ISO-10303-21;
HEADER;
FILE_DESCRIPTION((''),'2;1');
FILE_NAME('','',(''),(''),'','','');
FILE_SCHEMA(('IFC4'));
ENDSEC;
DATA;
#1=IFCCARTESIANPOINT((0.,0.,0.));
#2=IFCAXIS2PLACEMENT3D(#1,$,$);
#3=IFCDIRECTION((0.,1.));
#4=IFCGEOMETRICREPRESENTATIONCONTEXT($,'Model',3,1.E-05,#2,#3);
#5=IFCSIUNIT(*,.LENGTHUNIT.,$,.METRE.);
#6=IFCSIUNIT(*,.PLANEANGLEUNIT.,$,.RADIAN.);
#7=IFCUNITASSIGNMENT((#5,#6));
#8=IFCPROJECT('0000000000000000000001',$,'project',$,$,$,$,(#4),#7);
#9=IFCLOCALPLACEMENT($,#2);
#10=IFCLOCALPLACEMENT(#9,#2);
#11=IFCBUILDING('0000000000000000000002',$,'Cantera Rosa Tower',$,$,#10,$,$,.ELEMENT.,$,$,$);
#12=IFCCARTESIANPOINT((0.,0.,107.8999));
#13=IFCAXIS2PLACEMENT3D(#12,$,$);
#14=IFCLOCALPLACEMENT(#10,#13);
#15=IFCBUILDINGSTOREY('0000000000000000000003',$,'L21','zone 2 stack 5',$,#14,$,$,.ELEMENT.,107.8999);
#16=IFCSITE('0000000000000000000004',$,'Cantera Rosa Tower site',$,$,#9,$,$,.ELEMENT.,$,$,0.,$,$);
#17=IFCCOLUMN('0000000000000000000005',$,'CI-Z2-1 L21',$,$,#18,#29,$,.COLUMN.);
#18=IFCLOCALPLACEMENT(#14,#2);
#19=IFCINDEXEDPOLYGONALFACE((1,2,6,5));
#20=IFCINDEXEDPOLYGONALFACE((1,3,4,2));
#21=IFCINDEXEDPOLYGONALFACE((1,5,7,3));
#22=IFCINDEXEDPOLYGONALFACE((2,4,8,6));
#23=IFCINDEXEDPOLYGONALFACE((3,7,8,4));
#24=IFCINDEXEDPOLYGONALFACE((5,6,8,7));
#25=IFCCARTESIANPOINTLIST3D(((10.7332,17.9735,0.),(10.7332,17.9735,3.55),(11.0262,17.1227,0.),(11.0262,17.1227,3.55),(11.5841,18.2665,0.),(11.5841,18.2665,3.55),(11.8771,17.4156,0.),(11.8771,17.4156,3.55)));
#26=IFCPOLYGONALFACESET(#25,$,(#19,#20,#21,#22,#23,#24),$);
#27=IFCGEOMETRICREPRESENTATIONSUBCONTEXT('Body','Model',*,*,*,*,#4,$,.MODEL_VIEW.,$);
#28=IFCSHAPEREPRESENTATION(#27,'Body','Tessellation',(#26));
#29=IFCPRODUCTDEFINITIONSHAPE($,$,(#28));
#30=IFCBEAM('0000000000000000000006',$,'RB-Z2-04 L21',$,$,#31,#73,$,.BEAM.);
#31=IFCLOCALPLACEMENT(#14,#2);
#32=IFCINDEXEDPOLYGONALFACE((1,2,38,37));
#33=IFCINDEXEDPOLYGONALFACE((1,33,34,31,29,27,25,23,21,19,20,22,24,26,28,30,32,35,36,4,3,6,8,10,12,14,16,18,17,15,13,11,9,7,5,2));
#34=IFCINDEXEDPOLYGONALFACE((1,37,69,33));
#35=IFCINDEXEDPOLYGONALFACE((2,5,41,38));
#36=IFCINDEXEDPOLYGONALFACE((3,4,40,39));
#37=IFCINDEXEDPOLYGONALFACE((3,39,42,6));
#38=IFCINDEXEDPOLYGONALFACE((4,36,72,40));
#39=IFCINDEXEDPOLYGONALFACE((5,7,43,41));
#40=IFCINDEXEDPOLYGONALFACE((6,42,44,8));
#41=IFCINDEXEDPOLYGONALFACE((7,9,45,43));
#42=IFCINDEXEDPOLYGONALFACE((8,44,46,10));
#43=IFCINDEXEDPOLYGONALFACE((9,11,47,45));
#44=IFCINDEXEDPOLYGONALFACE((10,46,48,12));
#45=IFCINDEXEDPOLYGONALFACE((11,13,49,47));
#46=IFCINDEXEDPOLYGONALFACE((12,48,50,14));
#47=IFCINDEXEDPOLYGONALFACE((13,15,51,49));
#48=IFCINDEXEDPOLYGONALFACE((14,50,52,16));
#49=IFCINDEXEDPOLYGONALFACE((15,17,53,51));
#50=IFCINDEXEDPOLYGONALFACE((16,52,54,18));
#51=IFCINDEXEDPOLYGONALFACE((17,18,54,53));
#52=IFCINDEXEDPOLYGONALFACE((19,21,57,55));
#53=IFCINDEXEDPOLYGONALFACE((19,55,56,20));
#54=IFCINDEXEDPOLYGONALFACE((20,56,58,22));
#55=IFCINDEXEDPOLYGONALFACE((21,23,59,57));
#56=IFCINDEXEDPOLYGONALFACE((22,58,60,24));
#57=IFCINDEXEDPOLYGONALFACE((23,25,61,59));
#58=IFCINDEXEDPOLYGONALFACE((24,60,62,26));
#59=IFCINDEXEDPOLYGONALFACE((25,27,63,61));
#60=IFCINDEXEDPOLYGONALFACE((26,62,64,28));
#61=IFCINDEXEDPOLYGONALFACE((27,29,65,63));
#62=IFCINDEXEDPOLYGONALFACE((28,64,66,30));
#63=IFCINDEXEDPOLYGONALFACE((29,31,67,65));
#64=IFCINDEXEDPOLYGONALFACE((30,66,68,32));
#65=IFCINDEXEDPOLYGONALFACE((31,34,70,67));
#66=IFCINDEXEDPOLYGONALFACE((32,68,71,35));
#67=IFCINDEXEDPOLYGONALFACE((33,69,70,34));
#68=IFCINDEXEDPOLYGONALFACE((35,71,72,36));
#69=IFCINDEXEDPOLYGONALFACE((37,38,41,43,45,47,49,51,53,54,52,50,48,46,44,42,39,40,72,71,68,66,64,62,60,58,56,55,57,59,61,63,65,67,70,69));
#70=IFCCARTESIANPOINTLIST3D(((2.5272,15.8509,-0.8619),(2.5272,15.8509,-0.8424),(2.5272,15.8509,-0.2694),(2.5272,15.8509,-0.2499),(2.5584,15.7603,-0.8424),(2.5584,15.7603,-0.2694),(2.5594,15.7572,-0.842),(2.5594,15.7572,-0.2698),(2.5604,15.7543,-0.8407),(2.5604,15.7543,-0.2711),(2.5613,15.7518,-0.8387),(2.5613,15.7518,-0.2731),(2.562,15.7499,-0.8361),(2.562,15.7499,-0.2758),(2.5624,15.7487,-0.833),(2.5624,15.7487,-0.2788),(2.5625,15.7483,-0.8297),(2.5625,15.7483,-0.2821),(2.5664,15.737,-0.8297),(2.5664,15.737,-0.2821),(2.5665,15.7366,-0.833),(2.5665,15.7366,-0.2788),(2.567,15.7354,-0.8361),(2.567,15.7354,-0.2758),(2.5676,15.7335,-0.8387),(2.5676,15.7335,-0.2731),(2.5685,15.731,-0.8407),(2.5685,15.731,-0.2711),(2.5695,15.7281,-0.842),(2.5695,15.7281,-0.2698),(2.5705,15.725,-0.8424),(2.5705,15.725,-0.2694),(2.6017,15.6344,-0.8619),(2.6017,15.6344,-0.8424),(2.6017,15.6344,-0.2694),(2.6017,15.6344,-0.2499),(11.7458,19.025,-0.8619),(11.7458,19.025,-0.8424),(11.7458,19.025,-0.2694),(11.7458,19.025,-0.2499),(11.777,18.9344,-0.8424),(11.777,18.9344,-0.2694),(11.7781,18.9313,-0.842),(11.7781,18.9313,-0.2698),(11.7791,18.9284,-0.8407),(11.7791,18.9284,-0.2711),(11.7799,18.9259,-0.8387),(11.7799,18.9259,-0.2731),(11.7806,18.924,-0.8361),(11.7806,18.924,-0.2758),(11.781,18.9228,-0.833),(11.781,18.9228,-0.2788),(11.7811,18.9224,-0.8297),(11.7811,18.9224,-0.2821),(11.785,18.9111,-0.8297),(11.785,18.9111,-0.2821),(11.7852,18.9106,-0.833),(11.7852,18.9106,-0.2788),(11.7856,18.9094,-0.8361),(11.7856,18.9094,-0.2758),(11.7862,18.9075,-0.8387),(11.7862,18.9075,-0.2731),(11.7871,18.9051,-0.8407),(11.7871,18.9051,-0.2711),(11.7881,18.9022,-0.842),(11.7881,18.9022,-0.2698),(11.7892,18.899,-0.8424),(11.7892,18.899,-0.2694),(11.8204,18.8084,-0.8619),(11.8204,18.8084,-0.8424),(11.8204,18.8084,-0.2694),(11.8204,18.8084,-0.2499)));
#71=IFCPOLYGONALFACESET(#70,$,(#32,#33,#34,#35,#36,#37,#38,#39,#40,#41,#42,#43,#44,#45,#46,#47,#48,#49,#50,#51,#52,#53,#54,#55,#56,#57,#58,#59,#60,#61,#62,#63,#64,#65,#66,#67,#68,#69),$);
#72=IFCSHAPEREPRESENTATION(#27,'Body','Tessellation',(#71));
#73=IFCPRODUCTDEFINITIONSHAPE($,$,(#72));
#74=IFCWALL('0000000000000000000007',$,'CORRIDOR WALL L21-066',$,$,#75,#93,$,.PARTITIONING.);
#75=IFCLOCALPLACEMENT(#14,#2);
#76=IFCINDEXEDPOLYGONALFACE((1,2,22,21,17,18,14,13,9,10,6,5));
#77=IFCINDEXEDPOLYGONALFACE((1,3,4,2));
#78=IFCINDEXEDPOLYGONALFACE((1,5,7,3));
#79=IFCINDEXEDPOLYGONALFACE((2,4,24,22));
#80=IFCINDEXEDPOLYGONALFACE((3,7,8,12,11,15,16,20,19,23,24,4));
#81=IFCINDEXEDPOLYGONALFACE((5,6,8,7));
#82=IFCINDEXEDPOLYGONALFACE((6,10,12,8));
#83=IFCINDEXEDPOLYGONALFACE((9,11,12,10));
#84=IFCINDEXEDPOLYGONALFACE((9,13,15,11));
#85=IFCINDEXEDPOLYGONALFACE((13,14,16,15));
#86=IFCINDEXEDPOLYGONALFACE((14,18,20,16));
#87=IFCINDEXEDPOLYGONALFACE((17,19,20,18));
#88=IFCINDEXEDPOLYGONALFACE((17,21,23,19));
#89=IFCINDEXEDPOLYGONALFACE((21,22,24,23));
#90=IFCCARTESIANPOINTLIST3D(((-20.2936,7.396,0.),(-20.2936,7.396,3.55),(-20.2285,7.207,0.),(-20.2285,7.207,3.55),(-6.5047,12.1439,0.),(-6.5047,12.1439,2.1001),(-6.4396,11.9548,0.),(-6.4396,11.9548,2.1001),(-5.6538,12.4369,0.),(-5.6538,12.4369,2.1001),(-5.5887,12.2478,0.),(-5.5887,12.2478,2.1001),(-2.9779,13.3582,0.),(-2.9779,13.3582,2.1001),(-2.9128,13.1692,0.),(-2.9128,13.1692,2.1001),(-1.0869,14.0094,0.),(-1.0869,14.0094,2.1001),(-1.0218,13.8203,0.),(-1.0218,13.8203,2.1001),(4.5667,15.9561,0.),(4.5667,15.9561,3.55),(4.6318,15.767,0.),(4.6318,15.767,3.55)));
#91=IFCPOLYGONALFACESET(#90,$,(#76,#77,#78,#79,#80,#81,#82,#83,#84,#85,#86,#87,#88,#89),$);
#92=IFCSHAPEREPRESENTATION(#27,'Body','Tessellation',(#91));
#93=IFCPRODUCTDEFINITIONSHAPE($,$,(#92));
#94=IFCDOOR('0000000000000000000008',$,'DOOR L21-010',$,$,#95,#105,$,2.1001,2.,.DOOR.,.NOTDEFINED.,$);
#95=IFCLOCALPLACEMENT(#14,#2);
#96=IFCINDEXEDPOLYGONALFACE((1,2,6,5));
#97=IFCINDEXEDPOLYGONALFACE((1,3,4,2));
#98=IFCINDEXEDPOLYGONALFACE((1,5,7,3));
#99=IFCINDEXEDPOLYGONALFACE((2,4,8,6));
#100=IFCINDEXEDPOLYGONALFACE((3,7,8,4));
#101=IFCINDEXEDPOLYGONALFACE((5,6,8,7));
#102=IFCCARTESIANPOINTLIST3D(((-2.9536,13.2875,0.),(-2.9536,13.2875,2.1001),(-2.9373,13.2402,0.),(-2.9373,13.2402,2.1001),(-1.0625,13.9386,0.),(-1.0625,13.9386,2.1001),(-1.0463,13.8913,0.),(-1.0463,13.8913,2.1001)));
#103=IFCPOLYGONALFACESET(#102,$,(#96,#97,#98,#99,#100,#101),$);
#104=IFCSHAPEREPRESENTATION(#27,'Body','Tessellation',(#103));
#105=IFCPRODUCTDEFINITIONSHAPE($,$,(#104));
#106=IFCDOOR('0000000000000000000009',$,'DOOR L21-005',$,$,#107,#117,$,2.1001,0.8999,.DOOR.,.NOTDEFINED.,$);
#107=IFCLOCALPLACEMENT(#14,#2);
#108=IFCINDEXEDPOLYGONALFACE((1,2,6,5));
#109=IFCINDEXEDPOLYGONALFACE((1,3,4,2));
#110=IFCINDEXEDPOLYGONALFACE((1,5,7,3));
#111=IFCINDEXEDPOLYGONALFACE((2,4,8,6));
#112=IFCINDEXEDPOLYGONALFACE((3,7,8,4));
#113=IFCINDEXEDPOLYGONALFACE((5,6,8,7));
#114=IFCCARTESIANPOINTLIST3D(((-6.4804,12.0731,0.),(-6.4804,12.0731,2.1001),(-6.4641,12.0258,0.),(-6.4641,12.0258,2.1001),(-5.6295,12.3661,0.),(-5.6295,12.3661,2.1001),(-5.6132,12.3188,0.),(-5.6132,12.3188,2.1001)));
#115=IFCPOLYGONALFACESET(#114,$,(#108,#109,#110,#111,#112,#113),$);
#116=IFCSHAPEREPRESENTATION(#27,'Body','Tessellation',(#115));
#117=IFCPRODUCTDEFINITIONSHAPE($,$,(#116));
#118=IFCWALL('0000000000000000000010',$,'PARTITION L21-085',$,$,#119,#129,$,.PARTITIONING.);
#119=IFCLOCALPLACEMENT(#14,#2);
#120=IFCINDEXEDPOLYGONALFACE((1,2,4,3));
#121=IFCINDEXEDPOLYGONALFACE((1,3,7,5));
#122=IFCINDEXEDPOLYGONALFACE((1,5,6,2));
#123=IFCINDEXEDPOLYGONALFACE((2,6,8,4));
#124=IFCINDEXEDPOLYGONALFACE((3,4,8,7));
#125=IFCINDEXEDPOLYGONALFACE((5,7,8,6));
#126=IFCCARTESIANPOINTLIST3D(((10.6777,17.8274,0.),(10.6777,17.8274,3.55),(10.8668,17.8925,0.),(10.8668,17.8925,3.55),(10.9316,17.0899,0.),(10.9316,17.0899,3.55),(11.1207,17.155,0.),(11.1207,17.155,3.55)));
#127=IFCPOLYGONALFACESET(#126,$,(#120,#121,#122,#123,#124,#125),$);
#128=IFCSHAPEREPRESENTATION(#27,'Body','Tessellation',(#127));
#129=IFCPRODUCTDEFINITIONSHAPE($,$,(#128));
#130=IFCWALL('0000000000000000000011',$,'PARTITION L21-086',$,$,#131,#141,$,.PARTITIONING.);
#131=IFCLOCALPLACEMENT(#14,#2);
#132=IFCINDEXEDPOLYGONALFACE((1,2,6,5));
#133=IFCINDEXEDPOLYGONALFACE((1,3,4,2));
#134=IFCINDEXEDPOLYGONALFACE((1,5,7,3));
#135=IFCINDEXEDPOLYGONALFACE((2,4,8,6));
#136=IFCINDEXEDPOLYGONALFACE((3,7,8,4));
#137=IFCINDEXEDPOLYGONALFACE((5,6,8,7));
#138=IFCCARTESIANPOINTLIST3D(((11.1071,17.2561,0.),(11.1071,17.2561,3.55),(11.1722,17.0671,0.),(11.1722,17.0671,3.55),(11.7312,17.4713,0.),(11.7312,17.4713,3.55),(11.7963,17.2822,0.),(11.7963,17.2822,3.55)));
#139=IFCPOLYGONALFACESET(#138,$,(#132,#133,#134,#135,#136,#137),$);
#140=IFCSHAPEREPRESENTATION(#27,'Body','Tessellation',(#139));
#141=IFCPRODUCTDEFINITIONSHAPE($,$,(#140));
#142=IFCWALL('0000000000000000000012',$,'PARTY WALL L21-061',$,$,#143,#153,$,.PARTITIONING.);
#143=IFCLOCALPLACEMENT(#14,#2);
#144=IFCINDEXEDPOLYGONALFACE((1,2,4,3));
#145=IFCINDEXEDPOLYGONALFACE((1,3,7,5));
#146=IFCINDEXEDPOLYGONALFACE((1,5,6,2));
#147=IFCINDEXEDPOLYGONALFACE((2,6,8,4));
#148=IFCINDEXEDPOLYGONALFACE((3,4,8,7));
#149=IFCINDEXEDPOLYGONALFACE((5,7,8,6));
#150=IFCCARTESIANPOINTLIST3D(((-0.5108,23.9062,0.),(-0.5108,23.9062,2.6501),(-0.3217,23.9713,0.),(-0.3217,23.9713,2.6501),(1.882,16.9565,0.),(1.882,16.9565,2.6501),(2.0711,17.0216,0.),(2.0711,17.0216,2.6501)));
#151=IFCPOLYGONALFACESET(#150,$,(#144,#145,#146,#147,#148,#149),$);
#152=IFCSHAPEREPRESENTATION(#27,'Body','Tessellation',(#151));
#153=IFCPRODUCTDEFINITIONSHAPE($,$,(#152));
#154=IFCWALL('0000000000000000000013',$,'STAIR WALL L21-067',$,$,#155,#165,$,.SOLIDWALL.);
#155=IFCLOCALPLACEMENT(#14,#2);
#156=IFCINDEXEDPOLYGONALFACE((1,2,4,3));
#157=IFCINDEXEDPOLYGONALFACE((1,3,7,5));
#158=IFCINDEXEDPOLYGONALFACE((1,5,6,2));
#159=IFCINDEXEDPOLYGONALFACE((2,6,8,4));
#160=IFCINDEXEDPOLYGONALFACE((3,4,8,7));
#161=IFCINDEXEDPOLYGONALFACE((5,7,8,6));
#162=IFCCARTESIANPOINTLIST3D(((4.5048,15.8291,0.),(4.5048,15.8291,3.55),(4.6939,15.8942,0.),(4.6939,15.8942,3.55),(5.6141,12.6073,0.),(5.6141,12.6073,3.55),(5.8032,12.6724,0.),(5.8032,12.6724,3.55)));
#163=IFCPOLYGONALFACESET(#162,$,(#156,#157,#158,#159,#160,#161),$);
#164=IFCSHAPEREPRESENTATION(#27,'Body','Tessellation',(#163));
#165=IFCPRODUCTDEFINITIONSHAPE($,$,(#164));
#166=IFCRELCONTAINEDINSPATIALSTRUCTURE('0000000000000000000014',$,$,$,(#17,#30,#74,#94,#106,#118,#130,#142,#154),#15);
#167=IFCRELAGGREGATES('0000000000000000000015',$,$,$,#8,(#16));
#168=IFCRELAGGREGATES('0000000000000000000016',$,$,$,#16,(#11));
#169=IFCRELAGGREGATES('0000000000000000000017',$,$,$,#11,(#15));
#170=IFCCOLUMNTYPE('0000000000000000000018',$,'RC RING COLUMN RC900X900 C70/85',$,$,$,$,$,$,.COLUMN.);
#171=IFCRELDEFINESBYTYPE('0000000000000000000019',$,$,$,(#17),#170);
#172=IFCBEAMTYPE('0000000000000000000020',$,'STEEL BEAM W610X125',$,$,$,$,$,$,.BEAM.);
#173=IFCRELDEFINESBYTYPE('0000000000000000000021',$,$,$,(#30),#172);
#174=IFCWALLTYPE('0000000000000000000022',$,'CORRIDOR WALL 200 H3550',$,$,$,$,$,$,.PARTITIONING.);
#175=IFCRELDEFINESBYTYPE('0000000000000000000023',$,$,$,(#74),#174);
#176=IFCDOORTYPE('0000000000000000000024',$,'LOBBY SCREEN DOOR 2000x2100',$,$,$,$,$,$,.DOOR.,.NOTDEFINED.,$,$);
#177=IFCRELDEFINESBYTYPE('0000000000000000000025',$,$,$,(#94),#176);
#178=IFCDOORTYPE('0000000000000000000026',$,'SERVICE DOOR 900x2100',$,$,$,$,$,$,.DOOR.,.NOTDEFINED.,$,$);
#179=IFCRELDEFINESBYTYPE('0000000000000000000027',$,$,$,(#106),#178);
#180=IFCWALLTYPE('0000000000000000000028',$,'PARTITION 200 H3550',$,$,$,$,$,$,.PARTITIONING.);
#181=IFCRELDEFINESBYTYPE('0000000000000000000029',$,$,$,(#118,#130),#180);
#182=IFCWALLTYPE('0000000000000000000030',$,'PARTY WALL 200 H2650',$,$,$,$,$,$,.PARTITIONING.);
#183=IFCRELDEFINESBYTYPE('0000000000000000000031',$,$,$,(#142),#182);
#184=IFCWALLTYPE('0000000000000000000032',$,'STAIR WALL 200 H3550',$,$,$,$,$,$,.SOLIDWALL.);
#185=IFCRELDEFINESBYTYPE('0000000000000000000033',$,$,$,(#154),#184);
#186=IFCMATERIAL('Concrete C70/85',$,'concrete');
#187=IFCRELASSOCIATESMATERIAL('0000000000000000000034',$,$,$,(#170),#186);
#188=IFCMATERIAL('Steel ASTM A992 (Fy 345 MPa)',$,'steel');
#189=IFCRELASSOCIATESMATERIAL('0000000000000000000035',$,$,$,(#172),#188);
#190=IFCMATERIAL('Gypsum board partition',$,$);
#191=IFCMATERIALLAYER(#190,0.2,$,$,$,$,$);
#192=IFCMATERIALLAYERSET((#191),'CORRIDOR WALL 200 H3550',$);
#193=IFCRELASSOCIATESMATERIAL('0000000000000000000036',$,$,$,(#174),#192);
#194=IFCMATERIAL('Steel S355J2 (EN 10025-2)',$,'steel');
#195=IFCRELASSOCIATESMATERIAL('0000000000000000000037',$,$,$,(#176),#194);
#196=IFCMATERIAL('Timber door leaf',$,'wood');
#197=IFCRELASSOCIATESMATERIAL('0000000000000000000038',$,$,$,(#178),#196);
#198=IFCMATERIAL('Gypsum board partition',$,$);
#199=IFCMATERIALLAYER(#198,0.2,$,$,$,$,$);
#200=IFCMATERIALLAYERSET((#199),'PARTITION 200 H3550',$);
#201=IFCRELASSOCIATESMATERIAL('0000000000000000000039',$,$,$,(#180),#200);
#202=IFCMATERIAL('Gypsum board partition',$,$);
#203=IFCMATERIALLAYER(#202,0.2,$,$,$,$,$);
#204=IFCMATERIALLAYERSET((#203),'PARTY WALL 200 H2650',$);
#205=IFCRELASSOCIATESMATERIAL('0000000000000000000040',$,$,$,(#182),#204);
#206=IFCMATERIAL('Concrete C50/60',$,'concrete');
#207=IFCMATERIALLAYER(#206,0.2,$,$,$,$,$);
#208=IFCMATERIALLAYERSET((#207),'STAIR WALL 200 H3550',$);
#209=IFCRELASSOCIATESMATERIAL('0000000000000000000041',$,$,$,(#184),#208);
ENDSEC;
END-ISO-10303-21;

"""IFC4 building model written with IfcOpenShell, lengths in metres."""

from ifc_helpers import new_model, si_unit, direction, frame, frame_2d, origin, origin_2d, place, context, subcontext, project, spatial, rectangle, i_section, extrude, material, layer, layer_set, material_profile, profile_set, type_object, element, fill, save


model = new_model("IFC4")

# Units and contexts
model_context = context("Model", 3, precision=1e-05, world=origin(), true_north=direction((0.0, 1.0)))
body_context = subcontext(model_context, "Body", "Model", "MODEL_VIEW")
ifc_project = project(units=[si_unit("LENGTHUNIT", "METRE"), si_unit("PLANEANGLEUNIT", "RADIAN")], contexts=[model_context])

# Site, building, storey
site_placement = place(None, origin())
site = spatial("IfcSite", under=ifc_project, at=site_placement, Name="Cantera Rosa Tower site", CompositionType="ELEMENT", RefElevation=0.0)
building_placement = place(site_placement, origin())
building = spatial("IfcBuilding", under=site, at=building_placement, Name="Cantera Rosa Tower", CompositionType="ELEMENT")
storey_placement = place(building_placement, frame((0.0, 0.0, 107.8999)))
storey = spatial("IfcBuildingStorey", under=building, at=storey_placement, Name="L21", Description="zone 2 stack 5", CompositionType="ELEMENT", Elevation=107.8999)

# Column
ifc_material_1 = material(Name="Concrete C70/85", Category="concrete")
ifc_material_profile_1 = material_profile(ifc_material_1, rectangle(XDim=0.8999, YDim=0.8999, at=origin_2d()), Name="RC RING COLUMN RC900X900 C70/85")
ifc_profile_set_1 = profile_set([ifc_material_profile_1], Name="Concrete C70/85")
column_type = type_object("IfcColumnType", Name="RC RING COLUMN RC900X900 C70/85", PredefinedType="COLUMN", material=ifc_profile_set_1)
column_placement = place(storey_placement, frame((11.3052, 17.6946, 0.0), z_axis=(0.0, 0.0, 1.0), x_axis=(0.945519, 0.325568, 0.0)))
element("IfcColumn", 1, at=column_placement, inside=storey, type_object=column_type, Name="CI-Z2-1 L21", PredefinedType="COLUMN", context=body_context, shape_type="SweptSolid", body=[
    extrude(rectangle(XDim=0.8999, YDim=0.8999, at=origin_2d()), origin(), (0.0, 0.0, 1.0), 3.55),
])

# Beam
ifc_material_2 = material(Name="Steel ASTM A992 (Fy 345 MPa)", Category="steel")
ifc_material_profile_2 = material_profile(ifc_material_2, i_section(OverallWidth=0.229, OverallDepth=0.6121, WebThickness=0.012, FlangeThickness=0.0195, FilletRadius=0.0127, at=origin_2d()), Name="W610X125")
ifc_profile_set_2 = profile_set([ifc_material_profile_2], Name="Steel ASTM A992 (Fy 345 MPa)")
beam_type = type_object("IfcBeamType", Name="STEEL BEAM W610X125", PredefinedType="BEAM", material=ifc_profile_set_2)
beam_placement = place(storey_placement, frame((2.5645, 15.7427, -0.5559), z_axis=(0.945525, 0.32555, 0.0), x_axis=(-0.32555, 0.945525, 0.0)))
element("IfcBeam", 2, at=beam_placement, inside=storey, type_object=beam_type, Name="RB-Z2-04 L21", PredefinedType="BEAM", context=body_context, shape_type="SweptSolid", body=[
    extrude(i_section(OverallWidth=0.229, OverallDepth=0.6121, WebThickness=0.012, FlangeThickness=0.0195, FilletRadius=0.0127, at=origin_2d()), origin(), (0.0, 0.0, 1.0), 9.7498),
])

# Wall, openings, doors
ifc_material_3 = material(Name="Gypsum board partition")
ifc_layer_1 = layer(ifc_material_3, 0.2)
ifc_layer_set_1 = layer_set([ifc_layer_1], Name="CORRIDOR WALL 200 H3550")
wall_type_1 = type_object("IfcWallType", Name="CORRIDOR WALL 200 H3550", PredefinedType="PARTITIONING", material=ifc_layer_set_1)
wall_1_placement = place(storey_placement, frame((4.5994, 15.8616, 0.0), z_axis=(0.0, 0.0, 1.0), x_axis=(-0.945519, -0.325567, 0.0)))
wall_1 = element("IfcWall", 3, at=wall_1_placement, inside=storey, type_object=wall_type_1, Name="CORRIDOR WALL L21-066", PredefinedType="PARTITIONING", context=body_context, shape_type="SweptSolid", body=[
    extrude(rectangle(XDim=26.2927, YDim=0.2, at=frame_2d((13.1465, 0.0))), origin(), (0.0, 0.0, 1.0), 3.55),
])
opening_1_placement = place(wall_1_placement, frame((10.8096, 0.0, 0.0)))
opening_1 = element("IfcOpeningElement", 4, at=opening_1_placement, cuts=wall_1, PredefinedType="OPENING", context=body_context, shape_type="SweptSolid", body=[
    extrude(rectangle(XDim=0.8999, YDim=2.1001, at=frame_2d((0.45, 1.05))), frame((0.0, 0.1099, 0.0), z_axis=(0.0, -1.0, 0.0), x_axis=(1.0, 0.0, 0.0)), (0.0, 0.0, 1.0), 0.22),
])
opening_2_placement = place(wall_1_placement, frame((5.9795, 0.0, 0.0)))
opening_2 = element("IfcOpeningElement", 5, at=opening_2_placement, cuts=wall_1, PredefinedType="OPENING", context=body_context, shape_type="SweptSolid", body=[
    extrude(rectangle(XDim=2.0, YDim=2.1001, at=frame_2d((1.0, 1.05))), frame((0.0, 0.1099, 0.0), z_axis=(0.0, -1.0, 0.0), x_axis=(1.0, 0.0, 0.0)), (0.0, 0.0, 1.0), 0.22),
])
ifc_material_4 = material(Name="Steel S355J2 (EN 10025-2)", Category="steel")
door_type_1 = type_object("IfcDoorType", Name="LOBBY SCREEN DOOR 2000x2100", OperationType="NOTDEFINED", PredefinedType="DOOR", material=ifc_material_4)
door_1_placement = place(opening_2_placement, origin())
door_1 = element("IfcDoor", 6, at=door_1_placement, inside=storey, type_object=door_type_1, Name="DOOR L21-010", OperationType="NOTDEFINED", OverallHeight=2.1001, OverallWidth=2.0, PredefinedType="DOOR", context=body_context, shape_type="SweptSolid", body=[
    extrude(rectangle(XDim=2.0, YDim=2.1001, at=frame_2d((1.0, 1.05))), frame((0.0, 0.0249, 0.0), z_axis=(0.0, -1.0, 0.0), x_axis=(1.0, 0.0, 0.0)), (0.0, 0.0, 1.0), 0.05),
])
fill(opening_2, door_1)
ifc_material_5 = material(Name="Timber door leaf", Category="wood")
door_type_2 = type_object("IfcDoorType", Name="SERVICE DOOR 900x2100", OperationType="NOTDEFINED", PredefinedType="DOOR", material=ifc_material_5)
door_2_placement = place(opening_1_placement, origin())
door_2 = element("IfcDoor", 7, at=door_2_placement, inside=storey, type_object=door_type_2, Name="DOOR L21-005", OperationType="NOTDEFINED", OverallHeight=2.1001, OverallWidth=0.8999, PredefinedType="DOOR", context=body_context, shape_type="SweptSolid", body=[
    extrude(rectangle(XDim=0.8999, YDim=2.1001, at=frame_2d((0.45, 1.05))), frame((0.0, 0.0249, 0.0), z_axis=(0.0, -1.0, 0.0), x_axis=(1.0, 0.0, 0.0)), (0.0, 0.0, 1.0), 0.05),
])
fill(opening_1, door_2)

# Walls
ifc_material_6 = material(Name="Gypsum board partition")
ifc_layer_2 = layer(ifc_material_6, 0.2)
ifc_layer_set_2 = layer_set([ifc_layer_2], Name="PARTITION 200 H3550")
wall_type_2 = type_object("IfcWallType", Name="PARTITION 200 H3550", PredefinedType="PARTITIONING", material=ifc_layer_set_2)
wall_2_placement = place(storey_placement, frame((10.7722, 17.8601, 0.0), z_axis=(0.0, 0.0, 1.0), x_axis=(0.325508, -0.945539, 0.0)))
element("IfcWall", 8, at=wall_2_placement, inside=storey, type_object=wall_type_2, Name="PARTITION L21-085", PredefinedType="PARTITIONING", context=body_context, shape_type="SweptSolid", body=[
    extrude(rectangle(XDim=0.78, YDim=0.2, at=frame_2d((0.3901, 0.0))), origin(), (0.0, 0.0, 1.0), 3.55),
])
wall_3_placement = place(storey_placement, frame((11.1396, 17.1616, 0.0), z_axis=(0.0, 0.0, 1.0), x_axis=(0.945416, 0.325865, 0.0)))
element("IfcWall", 9, at=wall_3_placement, inside=storey, type_object=wall_type_2, Name="PARTITION L21-086", PredefinedType="PARTITIONING", context=body_context, shape_type="SweptSolid", body=[
    extrude(rectangle(XDim=0.6602, YDim=0.2, at=frame_2d((0.3301, 0.0))), origin(), (0.0, 0.0, 1.0), 3.55),
])
ifc_material_7 = material(Name="Gypsum board partition")
ifc_layer_3 = layer(ifc_material_7, 0.2)
ifc_layer_set_3 = layer_set([ifc_layer_3], Name="PARTY WALL 200 H2650")
wall_type_3 = type_object("IfcWallType", Name="PARTY WALL 200 H2650", PredefinedType="PARTITIONING", material=ifc_layer_set_3)
wall_4_placement = place(storey_placement, frame((1.9766, 16.989, 0.0), z_axis=(0.0, 0.0, 1.0), x_axis=(-0.325549, 0.945525, 0.0)))
element("IfcWall", 10, at=wall_4_placement, inside=storey, type_object=wall_type_3, Name="PARTY WALL L21-061", PredefinedType="PARTITIONING", context=body_context, shape_type="SweptSolid", body=[
    extrude(rectangle(XDim=7.3501, YDim=0.2, at=frame_2d((3.675, 0.0))), origin(), (0.0, 0.0, 1.0), 2.6501),
])
ifc_material_8 = material(Name="Concrete C50/60", Category="concrete")
ifc_layer_4 = layer(ifc_material_8, 0.2)
ifc_layer_set_4 = layer_set([ifc_layer_4], Name="STAIR WALL 200 H3550")
wall_type_4 = type_object("IfcWallType", Name="STAIR WALL 200 H3550", PredefinedType="SOLIDWALL", material=ifc_layer_set_4)
wall_5_placement = place(storey_placement, frame((4.5994, 15.8616, 0.0), z_axis=(0.0, 0.0, 1.0), x_axis=(0.325562, -0.945521, 0.0)))
element("IfcWall", 11, at=wall_5_placement, inside=storey, type_object=wall_type_4, Name="STAIR WALL L21-067", PredefinedType="SOLIDWALL", context=body_context, shape_type="SweptSolid", body=[
    extrude(rectangle(XDim=3.4075, YDim=0.2, at=frame_2d((1.7036, 0.0))), origin(), (0.0, 0.0, 1.0), 3.55),
])

save(model, "model.ifc")
